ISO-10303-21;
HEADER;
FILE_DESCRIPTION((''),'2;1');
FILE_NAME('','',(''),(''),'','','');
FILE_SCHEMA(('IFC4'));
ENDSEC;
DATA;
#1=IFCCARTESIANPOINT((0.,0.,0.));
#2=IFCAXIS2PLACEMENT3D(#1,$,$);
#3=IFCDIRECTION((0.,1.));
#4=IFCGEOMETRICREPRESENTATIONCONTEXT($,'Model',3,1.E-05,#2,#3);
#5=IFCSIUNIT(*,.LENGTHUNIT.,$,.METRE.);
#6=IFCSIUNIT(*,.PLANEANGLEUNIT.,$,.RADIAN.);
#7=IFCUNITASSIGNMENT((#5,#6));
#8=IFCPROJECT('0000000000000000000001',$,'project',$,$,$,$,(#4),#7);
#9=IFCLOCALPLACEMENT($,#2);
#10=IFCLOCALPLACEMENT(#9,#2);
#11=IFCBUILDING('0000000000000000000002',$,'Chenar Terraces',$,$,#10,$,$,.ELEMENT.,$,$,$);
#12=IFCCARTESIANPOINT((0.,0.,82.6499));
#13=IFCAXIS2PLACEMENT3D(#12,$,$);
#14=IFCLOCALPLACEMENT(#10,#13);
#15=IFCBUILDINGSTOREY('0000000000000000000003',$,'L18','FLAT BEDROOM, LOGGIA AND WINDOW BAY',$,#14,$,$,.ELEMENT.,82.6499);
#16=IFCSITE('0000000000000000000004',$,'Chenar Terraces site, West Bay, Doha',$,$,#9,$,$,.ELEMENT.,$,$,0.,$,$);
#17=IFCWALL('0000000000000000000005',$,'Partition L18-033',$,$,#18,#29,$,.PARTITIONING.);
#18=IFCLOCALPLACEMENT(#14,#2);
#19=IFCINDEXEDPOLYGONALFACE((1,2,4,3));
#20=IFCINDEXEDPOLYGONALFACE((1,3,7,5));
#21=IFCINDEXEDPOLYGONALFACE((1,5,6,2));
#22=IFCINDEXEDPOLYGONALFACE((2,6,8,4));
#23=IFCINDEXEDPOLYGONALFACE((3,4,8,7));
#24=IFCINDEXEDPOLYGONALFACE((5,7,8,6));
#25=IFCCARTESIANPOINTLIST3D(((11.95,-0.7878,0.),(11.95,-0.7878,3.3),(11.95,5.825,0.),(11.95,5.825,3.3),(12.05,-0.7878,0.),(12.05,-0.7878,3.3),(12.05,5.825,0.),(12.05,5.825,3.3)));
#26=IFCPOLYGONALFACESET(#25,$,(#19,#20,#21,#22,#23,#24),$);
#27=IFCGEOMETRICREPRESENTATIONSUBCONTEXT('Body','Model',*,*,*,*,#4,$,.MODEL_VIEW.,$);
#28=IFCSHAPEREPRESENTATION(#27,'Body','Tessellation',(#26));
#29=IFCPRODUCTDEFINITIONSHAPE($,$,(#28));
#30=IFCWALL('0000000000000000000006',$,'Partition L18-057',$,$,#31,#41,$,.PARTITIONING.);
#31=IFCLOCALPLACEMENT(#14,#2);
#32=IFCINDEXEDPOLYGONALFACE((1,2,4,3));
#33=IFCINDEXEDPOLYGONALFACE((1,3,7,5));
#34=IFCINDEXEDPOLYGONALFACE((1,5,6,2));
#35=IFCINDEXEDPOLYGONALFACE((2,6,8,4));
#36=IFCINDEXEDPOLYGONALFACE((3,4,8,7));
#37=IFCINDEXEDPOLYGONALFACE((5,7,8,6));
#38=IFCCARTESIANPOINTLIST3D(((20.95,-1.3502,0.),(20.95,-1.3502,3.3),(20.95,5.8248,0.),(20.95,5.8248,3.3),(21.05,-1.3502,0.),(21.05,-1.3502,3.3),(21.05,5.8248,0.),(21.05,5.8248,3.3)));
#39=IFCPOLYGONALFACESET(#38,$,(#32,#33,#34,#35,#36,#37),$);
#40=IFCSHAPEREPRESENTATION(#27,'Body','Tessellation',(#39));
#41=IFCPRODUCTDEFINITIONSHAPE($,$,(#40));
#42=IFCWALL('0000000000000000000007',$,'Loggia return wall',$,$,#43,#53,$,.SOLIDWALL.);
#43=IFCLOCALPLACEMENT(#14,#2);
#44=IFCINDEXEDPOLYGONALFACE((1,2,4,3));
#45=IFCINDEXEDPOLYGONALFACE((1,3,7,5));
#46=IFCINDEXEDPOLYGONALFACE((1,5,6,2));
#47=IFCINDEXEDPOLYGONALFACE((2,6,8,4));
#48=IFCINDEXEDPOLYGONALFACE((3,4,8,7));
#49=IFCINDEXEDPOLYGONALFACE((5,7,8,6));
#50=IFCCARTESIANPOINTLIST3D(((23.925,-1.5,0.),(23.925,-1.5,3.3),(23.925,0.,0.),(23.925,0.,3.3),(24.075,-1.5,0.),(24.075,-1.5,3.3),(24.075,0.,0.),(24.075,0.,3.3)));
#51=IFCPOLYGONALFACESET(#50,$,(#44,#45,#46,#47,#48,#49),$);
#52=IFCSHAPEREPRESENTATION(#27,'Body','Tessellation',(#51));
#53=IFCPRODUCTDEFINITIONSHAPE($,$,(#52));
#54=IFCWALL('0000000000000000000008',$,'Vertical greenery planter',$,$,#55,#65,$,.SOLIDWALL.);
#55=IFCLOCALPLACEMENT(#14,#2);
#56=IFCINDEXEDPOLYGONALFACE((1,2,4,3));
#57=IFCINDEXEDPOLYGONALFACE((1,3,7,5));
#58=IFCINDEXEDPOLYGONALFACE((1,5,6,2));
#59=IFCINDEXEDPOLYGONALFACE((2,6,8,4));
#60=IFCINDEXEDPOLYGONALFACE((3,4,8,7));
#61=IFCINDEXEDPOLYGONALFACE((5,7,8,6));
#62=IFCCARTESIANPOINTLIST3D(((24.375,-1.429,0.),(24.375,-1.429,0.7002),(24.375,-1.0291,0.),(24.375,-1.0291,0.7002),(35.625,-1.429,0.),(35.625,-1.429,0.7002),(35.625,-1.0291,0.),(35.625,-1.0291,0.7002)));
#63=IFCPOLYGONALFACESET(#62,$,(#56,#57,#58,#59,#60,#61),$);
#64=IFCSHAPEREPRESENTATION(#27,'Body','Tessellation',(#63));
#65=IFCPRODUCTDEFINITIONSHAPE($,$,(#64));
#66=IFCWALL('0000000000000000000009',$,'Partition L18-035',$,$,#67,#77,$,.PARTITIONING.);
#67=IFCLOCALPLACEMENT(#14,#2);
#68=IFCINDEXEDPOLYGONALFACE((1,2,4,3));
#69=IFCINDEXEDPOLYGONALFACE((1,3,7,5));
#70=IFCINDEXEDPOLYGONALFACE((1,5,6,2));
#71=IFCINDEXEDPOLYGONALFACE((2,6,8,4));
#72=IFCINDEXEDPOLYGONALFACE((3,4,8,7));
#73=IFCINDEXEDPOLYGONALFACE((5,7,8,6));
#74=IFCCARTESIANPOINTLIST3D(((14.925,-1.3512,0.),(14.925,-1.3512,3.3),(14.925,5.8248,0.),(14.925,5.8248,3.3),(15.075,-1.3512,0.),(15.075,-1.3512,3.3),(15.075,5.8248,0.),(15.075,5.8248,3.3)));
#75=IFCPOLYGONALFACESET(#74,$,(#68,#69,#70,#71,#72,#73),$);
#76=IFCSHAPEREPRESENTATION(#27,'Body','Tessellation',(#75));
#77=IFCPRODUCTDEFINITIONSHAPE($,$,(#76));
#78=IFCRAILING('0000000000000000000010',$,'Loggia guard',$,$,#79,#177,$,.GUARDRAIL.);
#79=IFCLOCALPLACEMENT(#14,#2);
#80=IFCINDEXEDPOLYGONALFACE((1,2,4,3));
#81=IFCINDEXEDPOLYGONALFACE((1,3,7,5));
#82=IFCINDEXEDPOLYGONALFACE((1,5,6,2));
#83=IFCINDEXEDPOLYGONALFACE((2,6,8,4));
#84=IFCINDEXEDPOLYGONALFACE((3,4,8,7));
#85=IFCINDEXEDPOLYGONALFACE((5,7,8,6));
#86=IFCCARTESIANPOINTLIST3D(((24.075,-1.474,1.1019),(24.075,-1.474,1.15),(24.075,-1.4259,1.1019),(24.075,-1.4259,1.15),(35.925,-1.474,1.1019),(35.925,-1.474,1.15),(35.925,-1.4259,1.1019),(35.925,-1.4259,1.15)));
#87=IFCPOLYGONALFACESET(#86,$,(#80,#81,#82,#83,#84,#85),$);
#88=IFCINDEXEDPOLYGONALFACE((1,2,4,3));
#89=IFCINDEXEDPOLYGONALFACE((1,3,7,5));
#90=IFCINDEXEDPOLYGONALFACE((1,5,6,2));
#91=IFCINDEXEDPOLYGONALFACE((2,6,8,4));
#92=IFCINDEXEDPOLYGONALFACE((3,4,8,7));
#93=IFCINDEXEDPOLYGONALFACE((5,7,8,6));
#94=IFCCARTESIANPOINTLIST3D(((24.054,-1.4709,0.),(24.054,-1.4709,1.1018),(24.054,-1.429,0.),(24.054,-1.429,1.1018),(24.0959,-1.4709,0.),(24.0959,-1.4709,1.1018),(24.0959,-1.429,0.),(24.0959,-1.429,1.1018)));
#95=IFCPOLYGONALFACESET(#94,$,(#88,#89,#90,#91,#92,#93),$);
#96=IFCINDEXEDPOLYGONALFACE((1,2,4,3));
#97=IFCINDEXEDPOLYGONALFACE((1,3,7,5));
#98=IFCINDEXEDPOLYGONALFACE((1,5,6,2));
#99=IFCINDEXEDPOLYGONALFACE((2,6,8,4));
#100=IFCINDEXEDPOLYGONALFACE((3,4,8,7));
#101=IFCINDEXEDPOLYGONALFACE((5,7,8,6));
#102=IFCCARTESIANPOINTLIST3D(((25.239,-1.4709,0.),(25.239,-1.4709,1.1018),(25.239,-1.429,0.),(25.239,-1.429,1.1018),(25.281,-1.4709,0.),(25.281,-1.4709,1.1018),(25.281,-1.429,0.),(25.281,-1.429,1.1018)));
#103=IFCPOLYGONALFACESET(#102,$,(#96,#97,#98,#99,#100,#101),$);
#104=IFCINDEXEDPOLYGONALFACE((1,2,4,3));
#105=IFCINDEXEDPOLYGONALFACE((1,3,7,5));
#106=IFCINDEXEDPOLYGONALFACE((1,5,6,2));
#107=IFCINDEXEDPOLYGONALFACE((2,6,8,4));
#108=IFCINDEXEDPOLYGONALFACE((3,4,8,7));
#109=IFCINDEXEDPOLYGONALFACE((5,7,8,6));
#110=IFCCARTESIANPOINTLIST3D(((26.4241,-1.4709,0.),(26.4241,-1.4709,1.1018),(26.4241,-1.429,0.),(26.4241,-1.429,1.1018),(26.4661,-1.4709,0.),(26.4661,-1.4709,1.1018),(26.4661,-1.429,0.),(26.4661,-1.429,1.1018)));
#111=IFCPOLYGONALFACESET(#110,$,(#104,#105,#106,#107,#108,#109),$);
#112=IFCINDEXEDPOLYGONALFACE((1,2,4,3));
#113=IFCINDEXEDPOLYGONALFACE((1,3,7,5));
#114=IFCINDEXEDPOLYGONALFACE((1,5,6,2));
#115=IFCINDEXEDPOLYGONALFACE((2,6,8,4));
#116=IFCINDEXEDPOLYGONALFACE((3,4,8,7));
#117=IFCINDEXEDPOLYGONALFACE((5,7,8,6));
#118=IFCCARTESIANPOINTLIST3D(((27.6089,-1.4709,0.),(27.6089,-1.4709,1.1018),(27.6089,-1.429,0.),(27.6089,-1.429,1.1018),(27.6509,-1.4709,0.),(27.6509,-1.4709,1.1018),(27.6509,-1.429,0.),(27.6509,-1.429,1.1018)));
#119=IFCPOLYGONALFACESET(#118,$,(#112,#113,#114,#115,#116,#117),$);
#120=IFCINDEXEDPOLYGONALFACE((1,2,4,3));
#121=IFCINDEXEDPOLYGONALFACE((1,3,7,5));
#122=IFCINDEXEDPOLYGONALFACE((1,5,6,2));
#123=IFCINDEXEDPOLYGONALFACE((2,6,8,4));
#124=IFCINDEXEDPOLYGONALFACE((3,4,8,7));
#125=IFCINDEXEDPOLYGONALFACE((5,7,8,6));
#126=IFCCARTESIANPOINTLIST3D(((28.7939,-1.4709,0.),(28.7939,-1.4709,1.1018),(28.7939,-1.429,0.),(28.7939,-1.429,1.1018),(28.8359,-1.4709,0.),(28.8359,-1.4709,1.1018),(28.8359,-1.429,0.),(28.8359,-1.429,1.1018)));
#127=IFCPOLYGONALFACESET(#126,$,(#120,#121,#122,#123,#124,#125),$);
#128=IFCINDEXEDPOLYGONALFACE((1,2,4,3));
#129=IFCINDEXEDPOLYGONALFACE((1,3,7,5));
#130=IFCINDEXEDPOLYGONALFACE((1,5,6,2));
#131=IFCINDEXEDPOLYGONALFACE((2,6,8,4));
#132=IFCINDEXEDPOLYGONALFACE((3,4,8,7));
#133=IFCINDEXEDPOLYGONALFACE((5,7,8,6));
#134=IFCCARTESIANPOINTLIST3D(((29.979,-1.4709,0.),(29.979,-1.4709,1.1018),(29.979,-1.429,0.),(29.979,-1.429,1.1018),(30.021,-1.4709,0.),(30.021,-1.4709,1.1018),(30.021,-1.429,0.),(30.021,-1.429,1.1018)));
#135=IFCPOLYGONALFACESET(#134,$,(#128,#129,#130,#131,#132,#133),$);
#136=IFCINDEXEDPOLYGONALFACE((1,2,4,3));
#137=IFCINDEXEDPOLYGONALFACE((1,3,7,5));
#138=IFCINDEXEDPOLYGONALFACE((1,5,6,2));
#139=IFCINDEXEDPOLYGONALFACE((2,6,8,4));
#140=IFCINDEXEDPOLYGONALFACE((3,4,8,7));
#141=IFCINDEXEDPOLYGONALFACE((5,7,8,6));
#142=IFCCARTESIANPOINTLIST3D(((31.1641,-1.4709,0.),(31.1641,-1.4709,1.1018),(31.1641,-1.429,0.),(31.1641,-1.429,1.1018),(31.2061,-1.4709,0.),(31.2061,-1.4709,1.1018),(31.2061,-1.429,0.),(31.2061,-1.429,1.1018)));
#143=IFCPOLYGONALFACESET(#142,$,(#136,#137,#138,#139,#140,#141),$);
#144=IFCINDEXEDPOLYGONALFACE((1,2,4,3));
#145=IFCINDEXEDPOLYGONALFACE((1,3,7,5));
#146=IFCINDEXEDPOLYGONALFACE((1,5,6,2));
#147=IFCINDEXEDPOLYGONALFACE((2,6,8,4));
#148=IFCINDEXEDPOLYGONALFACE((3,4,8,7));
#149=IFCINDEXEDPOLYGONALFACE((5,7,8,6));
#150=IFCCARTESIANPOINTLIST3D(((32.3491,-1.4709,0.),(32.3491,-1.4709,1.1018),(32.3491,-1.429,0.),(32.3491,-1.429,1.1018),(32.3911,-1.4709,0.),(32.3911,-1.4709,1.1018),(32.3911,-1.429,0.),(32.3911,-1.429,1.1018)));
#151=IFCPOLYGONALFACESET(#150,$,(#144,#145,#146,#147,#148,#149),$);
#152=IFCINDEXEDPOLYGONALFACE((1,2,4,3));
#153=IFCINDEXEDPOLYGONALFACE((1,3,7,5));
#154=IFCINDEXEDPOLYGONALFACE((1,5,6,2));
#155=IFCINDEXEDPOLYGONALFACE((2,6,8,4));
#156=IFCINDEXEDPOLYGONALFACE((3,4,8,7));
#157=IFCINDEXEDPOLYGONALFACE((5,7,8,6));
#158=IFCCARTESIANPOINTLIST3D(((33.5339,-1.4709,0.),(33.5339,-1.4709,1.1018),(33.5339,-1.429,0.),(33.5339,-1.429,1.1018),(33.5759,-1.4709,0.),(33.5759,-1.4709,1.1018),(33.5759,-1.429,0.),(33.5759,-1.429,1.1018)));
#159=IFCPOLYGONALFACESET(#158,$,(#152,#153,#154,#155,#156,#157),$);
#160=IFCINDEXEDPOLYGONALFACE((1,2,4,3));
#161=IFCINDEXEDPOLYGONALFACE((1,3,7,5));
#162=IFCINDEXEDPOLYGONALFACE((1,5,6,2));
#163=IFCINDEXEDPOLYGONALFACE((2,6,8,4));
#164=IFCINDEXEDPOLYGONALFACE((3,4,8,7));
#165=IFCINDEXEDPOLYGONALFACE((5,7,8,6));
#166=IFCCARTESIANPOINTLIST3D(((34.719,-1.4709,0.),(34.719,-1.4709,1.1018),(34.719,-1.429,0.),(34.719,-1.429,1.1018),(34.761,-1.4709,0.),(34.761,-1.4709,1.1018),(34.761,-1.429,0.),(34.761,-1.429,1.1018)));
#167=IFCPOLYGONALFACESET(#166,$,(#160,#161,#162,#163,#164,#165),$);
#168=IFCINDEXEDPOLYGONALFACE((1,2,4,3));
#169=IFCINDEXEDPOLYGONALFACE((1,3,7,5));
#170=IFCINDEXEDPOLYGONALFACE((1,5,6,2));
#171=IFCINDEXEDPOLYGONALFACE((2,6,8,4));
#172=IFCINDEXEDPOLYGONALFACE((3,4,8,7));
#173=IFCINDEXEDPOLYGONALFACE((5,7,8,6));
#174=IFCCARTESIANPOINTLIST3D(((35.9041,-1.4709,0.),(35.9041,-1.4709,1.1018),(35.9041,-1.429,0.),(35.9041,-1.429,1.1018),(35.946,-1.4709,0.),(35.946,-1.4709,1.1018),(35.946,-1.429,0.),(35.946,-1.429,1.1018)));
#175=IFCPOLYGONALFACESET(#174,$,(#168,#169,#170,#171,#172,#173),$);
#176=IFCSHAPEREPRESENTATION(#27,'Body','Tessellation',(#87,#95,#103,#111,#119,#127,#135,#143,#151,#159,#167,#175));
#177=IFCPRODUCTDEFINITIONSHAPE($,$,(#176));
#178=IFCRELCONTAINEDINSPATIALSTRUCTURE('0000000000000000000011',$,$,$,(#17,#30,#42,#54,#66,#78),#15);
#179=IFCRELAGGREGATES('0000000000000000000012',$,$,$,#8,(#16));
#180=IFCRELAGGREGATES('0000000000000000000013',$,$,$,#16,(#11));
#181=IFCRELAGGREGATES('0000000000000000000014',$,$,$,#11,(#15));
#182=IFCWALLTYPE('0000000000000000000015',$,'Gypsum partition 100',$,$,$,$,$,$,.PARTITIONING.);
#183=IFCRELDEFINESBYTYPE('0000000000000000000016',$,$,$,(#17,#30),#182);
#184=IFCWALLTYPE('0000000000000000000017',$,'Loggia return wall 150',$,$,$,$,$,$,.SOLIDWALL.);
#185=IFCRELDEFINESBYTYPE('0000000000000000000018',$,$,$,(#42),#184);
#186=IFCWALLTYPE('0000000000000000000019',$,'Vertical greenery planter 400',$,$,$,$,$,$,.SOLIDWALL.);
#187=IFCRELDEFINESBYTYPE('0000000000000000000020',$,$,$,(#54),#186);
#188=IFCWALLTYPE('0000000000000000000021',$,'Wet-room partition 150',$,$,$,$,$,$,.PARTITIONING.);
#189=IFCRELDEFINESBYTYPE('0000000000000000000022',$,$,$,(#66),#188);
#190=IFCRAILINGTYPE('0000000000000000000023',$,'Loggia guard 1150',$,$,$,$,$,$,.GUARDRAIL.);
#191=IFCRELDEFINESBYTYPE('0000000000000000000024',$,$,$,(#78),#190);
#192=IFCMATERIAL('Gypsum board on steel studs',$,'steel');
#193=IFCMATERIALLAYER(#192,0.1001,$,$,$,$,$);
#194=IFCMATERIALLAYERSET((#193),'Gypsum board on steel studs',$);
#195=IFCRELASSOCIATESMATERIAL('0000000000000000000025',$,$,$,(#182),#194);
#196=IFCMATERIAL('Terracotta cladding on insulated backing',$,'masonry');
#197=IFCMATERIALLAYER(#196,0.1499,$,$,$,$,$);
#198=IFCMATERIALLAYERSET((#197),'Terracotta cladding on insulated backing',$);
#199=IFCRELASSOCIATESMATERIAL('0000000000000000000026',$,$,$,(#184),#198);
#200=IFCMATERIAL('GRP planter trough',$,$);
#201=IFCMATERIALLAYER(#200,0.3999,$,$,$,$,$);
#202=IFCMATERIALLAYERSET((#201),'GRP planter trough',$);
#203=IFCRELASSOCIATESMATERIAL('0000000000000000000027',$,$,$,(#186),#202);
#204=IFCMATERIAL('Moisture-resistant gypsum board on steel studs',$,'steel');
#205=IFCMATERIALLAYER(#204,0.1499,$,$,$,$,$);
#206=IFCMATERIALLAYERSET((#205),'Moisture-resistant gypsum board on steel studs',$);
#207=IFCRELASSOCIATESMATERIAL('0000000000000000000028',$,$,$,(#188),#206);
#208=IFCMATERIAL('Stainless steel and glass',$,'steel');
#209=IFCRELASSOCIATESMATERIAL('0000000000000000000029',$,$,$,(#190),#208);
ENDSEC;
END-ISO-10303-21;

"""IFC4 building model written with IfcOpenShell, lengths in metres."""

from ifc_helpers import new_model, si_unit, direction, frame, frame_2d, origin, origin_2d, place, context, subcontext, project, spatial, rectangle, extrude, material, layer, layer_set, type_object, element, save


model = new_model("IFC4")

# Units and contexts
model_context = context("Model", 3, precision=1e-05, world=origin(), true_north=direction((0.0, 1.0)))
body_context = subcontext(model_context, "Body", "Model", "MODEL_VIEW")
ifc_project = project(units=[si_unit("LENGTHUNIT", "METRE"), si_unit("PLANEANGLEUNIT", "RADIAN")], contexts=[model_context])

# Site, building, storey
site_placement = place(None, origin())
site = spatial("IfcSite", under=ifc_project, at=site_placement, Name="Chenar Terraces site, West Bay, Doha", CompositionType="ELEMENT", RefElevation=0.0)
building_placement = place(site_placement, origin())
building = spatial("IfcBuilding", under=site, at=building_placement, Name="Chenar Terraces", CompositionType="ELEMENT")
storey_placement = place(building_placement, frame((0.0, 0.0, 82.6499)))
storey = spatial("IfcBuildingStorey", under=building, at=storey_placement, Name="L18", Description="FLAT BEDROOM, LOGGIA AND WINDOW BAY", CompositionType="ELEMENT", Elevation=82.6499)

# Walls
ifc_material_1 = material(Name="Gypsum board on steel studs", Category="steel")
ifc_layer_1 = layer(ifc_material_1, 0.1001)
ifc_layer_set_1 = layer_set([ifc_layer_1], Name="Gypsum board on steel studs")
wall_type_1 = type_object("IfcWallType", Name="Gypsum partition 100", PredefinedType="PARTITIONING", material=ifc_layer_set_1)
wall_1_placement = place(storey_placement, frame((12.0, -0.7878, 0.0), z_axis=(0.0, 0.0, 1.0), x_axis=(0.0, 1.0, 0.0)))
element("IfcWall", 1, at=wall_1_placement, inside=storey, type_object=wall_type_1, Name="Partition L18-033", PredefinedType="PARTITIONING", context=body_context, shape_type="SweptSolid", body=[
    extrude(rectangle(XDim=6.6128, YDim=0.1001, at=frame_2d((3.3064, 0.0))), origin(), (0.0, 0.0, 1.0), 3.3),
])
wall_2_placement = place(storey_placement, frame((21.0, -1.3501, 0.0), z_axis=(0.0, 0.0, 1.0), x_axis=(0.0, 1.0, 0.0)))
element("IfcWall", 2, at=wall_2_placement, inside=storey, type_object=wall_type_1, Name="Partition L18-057", PredefinedType="PARTITIONING", context=body_context, shape_type="SweptSolid", body=[
    extrude(rectangle(XDim=7.175, YDim=0.1001, at=frame_2d((3.5874, 0.0))), origin(), (0.0, 0.0, 1.0), 3.3),
])
ifc_material_2 = material(Name="Terracotta cladding on insulated backing", Category="masonry")
ifc_layer_2 = layer(ifc_material_2, 0.1499)
ifc_layer_set_2 = layer_set([ifc_layer_2], Name="Terracotta cladding on insulated backing")
wall_type_2 = type_object("IfcWallType", Name="Loggia return wall 150", PredefinedType="SOLIDWALL", material=ifc_layer_set_2)
wall_3_placement = place(storey_placement, frame((24.0, -1.5, 0.0), z_axis=(0.0, 0.0, 1.0), x_axis=(0.0, 1.0, 0.0)))
element("IfcWall", 3, at=wall_3_placement, inside=storey, type_object=wall_type_2, Name="Loggia return wall", PredefinedType="SOLIDWALL", context=body_context, shape_type="SweptSolid", body=[
    extrude(rectangle(XDim=1.5, YDim=0.1499, at=frame_2d((0.75, 0.0))), origin(), (0.0, 0.0, 1.0), 3.3),
])
ifc_material_3 = material(Name="GRP planter trough")
ifc_layer_3 = layer(ifc_material_3, 0.3999)
ifc_layer_set_3 = layer_set([ifc_layer_3], Name="GRP planter trough")
wall_type_3 = type_object("IfcWallType", Name="Vertical greenery planter 400", PredefinedType="SOLIDWALL", material=ifc_layer_set_3)
wall_4_placement = place(storey_placement, frame((24.375, -1.229, 0.0), z_axis=(0.0, 0.0, 1.0), x_axis=(1.0, 0.0, 0.0)))
element("IfcWall", 4, at=wall_4_placement, inside=storey, type_object=wall_type_3, Name="Vertical greenery planter", PredefinedType="SOLIDWALL", context=body_context, shape_type="SweptSolid", body=[
    extrude(rectangle(XDim=11.25, YDim=0.3999, at=frame_2d((5.625, 0.0))), origin(), (0.0, 0.0, 1.0), 0.7002),
])
ifc_material_4 = material(Name="Moisture-resistant gypsum board on steel studs", Category="steel")
ifc_layer_4 = layer(ifc_material_4, 0.1499)
ifc_layer_set_4 = layer_set([ifc_layer_4], Name="Moisture-resistant gypsum board on steel studs")
wall_type_4 = type_object("IfcWallType", Name="Wet-room partition 150", PredefinedType="PARTITIONING", material=ifc_layer_set_4)
wall_5_placement = place(storey_placement, frame((15.0, -1.3511, 0.0), z_axis=(0.0, 0.0, 1.0), x_axis=(0.0, 1.0, 0.0)))
element("IfcWall", 5, at=wall_5_placement, inside=storey, type_object=wall_type_4, Name="Partition L18-035", PredefinedType="PARTITIONING", context=body_context, shape_type="SweptSolid", body=[
    extrude(rectangle(XDim=7.176, YDim=0.1499, at=frame_2d((3.5879, 0.0))), origin(), (0.0, 0.0, 1.0), 3.3),
])

# Railing
ifc_material_5 = material(Name="Stainless steel and glass", Category="steel")
railing_type = type_object("IfcRailingType", Name="Loggia guard 1150", PredefinedType="GUARDRAIL", material=ifc_material_5)
railing_placement = place(storey_placement, frame((24.075, -1.45, 0.0)))
element("IfcRailing", 6, at=railing_placement, inside=storey, type_object=railing_type, Name="Loggia guard", PredefinedType="GUARDRAIL", context=body_context, shape_type="SweptSolid", body=[
    extrude(rectangle(XDim=0.0481, YDim=0.0481, at=origin_2d()), frame((0.0, 0.0, 1.126), z_axis=(1.0, 0.0, 0.0), x_axis=(0.0, 1.0, 0.0)), (0.0, 0.0, 1.0), 11.8501),
    extrude(rectangle(XDim=0.042, YDim=0.042, at=origin_2d()), origin(), (0.0, 0.0, 1.0), 1.1018),
    extrude(rectangle(XDim=0.042, YDim=0.042, at=origin_2d()), frame((1.1851, 0.0, 0.0)), (0.0, 0.0, 1.0), 1.1018),
    extrude(rectangle(XDim=0.042, YDim=0.042, at=origin_2d()), frame((2.3701, 0.0, 0.0)), (0.0, 0.0, 1.0), 1.1018),
    extrude(rectangle(XDim=0.042, YDim=0.042, at=origin_2d()), frame((3.5549, 0.0, 0.0)), (0.0, 0.0, 1.0), 1.1018),
    extrude(rectangle(XDim=0.042, YDim=0.042, at=origin_2d()), frame((4.74, 0.0, 0.0)), (0.0, 0.0, 1.0), 1.1018),
    extrude(rectangle(XDim=0.042, YDim=0.042, at=origin_2d()), frame((5.925, 0.0, 0.0)), (0.0, 0.0, 1.0), 1.1018),
    extrude(rectangle(XDim=0.042, YDim=0.042, at=origin_2d()), frame((7.1101, 0.0, 0.0)), (0.0, 0.0, 1.0), 1.1018),
    extrude(rectangle(XDim=0.042, YDim=0.042, at=origin_2d()), frame((8.2952, 0.0, 0.0)), (0.0, 0.0, 1.0), 1.1018),
    extrude(rectangle(XDim=0.042, YDim=0.042, at=origin_2d()), frame((9.48, 0.0, 0.0)), (0.0, 0.0, 1.0), 1.1018),
    extrude(rectangle(XDim=0.042, YDim=0.042, at=origin_2d()), frame((10.665, 0.0, 0.0)), (0.0, 0.0, 1.0), 1.1018),
    extrude(rectangle(XDim=0.042, YDim=0.042, at=origin_2d()), frame((11.8501, 0.0, 0.0)), (0.0, 0.0, 1.0), 1.1018),
])

save(model, "model.ifc")
